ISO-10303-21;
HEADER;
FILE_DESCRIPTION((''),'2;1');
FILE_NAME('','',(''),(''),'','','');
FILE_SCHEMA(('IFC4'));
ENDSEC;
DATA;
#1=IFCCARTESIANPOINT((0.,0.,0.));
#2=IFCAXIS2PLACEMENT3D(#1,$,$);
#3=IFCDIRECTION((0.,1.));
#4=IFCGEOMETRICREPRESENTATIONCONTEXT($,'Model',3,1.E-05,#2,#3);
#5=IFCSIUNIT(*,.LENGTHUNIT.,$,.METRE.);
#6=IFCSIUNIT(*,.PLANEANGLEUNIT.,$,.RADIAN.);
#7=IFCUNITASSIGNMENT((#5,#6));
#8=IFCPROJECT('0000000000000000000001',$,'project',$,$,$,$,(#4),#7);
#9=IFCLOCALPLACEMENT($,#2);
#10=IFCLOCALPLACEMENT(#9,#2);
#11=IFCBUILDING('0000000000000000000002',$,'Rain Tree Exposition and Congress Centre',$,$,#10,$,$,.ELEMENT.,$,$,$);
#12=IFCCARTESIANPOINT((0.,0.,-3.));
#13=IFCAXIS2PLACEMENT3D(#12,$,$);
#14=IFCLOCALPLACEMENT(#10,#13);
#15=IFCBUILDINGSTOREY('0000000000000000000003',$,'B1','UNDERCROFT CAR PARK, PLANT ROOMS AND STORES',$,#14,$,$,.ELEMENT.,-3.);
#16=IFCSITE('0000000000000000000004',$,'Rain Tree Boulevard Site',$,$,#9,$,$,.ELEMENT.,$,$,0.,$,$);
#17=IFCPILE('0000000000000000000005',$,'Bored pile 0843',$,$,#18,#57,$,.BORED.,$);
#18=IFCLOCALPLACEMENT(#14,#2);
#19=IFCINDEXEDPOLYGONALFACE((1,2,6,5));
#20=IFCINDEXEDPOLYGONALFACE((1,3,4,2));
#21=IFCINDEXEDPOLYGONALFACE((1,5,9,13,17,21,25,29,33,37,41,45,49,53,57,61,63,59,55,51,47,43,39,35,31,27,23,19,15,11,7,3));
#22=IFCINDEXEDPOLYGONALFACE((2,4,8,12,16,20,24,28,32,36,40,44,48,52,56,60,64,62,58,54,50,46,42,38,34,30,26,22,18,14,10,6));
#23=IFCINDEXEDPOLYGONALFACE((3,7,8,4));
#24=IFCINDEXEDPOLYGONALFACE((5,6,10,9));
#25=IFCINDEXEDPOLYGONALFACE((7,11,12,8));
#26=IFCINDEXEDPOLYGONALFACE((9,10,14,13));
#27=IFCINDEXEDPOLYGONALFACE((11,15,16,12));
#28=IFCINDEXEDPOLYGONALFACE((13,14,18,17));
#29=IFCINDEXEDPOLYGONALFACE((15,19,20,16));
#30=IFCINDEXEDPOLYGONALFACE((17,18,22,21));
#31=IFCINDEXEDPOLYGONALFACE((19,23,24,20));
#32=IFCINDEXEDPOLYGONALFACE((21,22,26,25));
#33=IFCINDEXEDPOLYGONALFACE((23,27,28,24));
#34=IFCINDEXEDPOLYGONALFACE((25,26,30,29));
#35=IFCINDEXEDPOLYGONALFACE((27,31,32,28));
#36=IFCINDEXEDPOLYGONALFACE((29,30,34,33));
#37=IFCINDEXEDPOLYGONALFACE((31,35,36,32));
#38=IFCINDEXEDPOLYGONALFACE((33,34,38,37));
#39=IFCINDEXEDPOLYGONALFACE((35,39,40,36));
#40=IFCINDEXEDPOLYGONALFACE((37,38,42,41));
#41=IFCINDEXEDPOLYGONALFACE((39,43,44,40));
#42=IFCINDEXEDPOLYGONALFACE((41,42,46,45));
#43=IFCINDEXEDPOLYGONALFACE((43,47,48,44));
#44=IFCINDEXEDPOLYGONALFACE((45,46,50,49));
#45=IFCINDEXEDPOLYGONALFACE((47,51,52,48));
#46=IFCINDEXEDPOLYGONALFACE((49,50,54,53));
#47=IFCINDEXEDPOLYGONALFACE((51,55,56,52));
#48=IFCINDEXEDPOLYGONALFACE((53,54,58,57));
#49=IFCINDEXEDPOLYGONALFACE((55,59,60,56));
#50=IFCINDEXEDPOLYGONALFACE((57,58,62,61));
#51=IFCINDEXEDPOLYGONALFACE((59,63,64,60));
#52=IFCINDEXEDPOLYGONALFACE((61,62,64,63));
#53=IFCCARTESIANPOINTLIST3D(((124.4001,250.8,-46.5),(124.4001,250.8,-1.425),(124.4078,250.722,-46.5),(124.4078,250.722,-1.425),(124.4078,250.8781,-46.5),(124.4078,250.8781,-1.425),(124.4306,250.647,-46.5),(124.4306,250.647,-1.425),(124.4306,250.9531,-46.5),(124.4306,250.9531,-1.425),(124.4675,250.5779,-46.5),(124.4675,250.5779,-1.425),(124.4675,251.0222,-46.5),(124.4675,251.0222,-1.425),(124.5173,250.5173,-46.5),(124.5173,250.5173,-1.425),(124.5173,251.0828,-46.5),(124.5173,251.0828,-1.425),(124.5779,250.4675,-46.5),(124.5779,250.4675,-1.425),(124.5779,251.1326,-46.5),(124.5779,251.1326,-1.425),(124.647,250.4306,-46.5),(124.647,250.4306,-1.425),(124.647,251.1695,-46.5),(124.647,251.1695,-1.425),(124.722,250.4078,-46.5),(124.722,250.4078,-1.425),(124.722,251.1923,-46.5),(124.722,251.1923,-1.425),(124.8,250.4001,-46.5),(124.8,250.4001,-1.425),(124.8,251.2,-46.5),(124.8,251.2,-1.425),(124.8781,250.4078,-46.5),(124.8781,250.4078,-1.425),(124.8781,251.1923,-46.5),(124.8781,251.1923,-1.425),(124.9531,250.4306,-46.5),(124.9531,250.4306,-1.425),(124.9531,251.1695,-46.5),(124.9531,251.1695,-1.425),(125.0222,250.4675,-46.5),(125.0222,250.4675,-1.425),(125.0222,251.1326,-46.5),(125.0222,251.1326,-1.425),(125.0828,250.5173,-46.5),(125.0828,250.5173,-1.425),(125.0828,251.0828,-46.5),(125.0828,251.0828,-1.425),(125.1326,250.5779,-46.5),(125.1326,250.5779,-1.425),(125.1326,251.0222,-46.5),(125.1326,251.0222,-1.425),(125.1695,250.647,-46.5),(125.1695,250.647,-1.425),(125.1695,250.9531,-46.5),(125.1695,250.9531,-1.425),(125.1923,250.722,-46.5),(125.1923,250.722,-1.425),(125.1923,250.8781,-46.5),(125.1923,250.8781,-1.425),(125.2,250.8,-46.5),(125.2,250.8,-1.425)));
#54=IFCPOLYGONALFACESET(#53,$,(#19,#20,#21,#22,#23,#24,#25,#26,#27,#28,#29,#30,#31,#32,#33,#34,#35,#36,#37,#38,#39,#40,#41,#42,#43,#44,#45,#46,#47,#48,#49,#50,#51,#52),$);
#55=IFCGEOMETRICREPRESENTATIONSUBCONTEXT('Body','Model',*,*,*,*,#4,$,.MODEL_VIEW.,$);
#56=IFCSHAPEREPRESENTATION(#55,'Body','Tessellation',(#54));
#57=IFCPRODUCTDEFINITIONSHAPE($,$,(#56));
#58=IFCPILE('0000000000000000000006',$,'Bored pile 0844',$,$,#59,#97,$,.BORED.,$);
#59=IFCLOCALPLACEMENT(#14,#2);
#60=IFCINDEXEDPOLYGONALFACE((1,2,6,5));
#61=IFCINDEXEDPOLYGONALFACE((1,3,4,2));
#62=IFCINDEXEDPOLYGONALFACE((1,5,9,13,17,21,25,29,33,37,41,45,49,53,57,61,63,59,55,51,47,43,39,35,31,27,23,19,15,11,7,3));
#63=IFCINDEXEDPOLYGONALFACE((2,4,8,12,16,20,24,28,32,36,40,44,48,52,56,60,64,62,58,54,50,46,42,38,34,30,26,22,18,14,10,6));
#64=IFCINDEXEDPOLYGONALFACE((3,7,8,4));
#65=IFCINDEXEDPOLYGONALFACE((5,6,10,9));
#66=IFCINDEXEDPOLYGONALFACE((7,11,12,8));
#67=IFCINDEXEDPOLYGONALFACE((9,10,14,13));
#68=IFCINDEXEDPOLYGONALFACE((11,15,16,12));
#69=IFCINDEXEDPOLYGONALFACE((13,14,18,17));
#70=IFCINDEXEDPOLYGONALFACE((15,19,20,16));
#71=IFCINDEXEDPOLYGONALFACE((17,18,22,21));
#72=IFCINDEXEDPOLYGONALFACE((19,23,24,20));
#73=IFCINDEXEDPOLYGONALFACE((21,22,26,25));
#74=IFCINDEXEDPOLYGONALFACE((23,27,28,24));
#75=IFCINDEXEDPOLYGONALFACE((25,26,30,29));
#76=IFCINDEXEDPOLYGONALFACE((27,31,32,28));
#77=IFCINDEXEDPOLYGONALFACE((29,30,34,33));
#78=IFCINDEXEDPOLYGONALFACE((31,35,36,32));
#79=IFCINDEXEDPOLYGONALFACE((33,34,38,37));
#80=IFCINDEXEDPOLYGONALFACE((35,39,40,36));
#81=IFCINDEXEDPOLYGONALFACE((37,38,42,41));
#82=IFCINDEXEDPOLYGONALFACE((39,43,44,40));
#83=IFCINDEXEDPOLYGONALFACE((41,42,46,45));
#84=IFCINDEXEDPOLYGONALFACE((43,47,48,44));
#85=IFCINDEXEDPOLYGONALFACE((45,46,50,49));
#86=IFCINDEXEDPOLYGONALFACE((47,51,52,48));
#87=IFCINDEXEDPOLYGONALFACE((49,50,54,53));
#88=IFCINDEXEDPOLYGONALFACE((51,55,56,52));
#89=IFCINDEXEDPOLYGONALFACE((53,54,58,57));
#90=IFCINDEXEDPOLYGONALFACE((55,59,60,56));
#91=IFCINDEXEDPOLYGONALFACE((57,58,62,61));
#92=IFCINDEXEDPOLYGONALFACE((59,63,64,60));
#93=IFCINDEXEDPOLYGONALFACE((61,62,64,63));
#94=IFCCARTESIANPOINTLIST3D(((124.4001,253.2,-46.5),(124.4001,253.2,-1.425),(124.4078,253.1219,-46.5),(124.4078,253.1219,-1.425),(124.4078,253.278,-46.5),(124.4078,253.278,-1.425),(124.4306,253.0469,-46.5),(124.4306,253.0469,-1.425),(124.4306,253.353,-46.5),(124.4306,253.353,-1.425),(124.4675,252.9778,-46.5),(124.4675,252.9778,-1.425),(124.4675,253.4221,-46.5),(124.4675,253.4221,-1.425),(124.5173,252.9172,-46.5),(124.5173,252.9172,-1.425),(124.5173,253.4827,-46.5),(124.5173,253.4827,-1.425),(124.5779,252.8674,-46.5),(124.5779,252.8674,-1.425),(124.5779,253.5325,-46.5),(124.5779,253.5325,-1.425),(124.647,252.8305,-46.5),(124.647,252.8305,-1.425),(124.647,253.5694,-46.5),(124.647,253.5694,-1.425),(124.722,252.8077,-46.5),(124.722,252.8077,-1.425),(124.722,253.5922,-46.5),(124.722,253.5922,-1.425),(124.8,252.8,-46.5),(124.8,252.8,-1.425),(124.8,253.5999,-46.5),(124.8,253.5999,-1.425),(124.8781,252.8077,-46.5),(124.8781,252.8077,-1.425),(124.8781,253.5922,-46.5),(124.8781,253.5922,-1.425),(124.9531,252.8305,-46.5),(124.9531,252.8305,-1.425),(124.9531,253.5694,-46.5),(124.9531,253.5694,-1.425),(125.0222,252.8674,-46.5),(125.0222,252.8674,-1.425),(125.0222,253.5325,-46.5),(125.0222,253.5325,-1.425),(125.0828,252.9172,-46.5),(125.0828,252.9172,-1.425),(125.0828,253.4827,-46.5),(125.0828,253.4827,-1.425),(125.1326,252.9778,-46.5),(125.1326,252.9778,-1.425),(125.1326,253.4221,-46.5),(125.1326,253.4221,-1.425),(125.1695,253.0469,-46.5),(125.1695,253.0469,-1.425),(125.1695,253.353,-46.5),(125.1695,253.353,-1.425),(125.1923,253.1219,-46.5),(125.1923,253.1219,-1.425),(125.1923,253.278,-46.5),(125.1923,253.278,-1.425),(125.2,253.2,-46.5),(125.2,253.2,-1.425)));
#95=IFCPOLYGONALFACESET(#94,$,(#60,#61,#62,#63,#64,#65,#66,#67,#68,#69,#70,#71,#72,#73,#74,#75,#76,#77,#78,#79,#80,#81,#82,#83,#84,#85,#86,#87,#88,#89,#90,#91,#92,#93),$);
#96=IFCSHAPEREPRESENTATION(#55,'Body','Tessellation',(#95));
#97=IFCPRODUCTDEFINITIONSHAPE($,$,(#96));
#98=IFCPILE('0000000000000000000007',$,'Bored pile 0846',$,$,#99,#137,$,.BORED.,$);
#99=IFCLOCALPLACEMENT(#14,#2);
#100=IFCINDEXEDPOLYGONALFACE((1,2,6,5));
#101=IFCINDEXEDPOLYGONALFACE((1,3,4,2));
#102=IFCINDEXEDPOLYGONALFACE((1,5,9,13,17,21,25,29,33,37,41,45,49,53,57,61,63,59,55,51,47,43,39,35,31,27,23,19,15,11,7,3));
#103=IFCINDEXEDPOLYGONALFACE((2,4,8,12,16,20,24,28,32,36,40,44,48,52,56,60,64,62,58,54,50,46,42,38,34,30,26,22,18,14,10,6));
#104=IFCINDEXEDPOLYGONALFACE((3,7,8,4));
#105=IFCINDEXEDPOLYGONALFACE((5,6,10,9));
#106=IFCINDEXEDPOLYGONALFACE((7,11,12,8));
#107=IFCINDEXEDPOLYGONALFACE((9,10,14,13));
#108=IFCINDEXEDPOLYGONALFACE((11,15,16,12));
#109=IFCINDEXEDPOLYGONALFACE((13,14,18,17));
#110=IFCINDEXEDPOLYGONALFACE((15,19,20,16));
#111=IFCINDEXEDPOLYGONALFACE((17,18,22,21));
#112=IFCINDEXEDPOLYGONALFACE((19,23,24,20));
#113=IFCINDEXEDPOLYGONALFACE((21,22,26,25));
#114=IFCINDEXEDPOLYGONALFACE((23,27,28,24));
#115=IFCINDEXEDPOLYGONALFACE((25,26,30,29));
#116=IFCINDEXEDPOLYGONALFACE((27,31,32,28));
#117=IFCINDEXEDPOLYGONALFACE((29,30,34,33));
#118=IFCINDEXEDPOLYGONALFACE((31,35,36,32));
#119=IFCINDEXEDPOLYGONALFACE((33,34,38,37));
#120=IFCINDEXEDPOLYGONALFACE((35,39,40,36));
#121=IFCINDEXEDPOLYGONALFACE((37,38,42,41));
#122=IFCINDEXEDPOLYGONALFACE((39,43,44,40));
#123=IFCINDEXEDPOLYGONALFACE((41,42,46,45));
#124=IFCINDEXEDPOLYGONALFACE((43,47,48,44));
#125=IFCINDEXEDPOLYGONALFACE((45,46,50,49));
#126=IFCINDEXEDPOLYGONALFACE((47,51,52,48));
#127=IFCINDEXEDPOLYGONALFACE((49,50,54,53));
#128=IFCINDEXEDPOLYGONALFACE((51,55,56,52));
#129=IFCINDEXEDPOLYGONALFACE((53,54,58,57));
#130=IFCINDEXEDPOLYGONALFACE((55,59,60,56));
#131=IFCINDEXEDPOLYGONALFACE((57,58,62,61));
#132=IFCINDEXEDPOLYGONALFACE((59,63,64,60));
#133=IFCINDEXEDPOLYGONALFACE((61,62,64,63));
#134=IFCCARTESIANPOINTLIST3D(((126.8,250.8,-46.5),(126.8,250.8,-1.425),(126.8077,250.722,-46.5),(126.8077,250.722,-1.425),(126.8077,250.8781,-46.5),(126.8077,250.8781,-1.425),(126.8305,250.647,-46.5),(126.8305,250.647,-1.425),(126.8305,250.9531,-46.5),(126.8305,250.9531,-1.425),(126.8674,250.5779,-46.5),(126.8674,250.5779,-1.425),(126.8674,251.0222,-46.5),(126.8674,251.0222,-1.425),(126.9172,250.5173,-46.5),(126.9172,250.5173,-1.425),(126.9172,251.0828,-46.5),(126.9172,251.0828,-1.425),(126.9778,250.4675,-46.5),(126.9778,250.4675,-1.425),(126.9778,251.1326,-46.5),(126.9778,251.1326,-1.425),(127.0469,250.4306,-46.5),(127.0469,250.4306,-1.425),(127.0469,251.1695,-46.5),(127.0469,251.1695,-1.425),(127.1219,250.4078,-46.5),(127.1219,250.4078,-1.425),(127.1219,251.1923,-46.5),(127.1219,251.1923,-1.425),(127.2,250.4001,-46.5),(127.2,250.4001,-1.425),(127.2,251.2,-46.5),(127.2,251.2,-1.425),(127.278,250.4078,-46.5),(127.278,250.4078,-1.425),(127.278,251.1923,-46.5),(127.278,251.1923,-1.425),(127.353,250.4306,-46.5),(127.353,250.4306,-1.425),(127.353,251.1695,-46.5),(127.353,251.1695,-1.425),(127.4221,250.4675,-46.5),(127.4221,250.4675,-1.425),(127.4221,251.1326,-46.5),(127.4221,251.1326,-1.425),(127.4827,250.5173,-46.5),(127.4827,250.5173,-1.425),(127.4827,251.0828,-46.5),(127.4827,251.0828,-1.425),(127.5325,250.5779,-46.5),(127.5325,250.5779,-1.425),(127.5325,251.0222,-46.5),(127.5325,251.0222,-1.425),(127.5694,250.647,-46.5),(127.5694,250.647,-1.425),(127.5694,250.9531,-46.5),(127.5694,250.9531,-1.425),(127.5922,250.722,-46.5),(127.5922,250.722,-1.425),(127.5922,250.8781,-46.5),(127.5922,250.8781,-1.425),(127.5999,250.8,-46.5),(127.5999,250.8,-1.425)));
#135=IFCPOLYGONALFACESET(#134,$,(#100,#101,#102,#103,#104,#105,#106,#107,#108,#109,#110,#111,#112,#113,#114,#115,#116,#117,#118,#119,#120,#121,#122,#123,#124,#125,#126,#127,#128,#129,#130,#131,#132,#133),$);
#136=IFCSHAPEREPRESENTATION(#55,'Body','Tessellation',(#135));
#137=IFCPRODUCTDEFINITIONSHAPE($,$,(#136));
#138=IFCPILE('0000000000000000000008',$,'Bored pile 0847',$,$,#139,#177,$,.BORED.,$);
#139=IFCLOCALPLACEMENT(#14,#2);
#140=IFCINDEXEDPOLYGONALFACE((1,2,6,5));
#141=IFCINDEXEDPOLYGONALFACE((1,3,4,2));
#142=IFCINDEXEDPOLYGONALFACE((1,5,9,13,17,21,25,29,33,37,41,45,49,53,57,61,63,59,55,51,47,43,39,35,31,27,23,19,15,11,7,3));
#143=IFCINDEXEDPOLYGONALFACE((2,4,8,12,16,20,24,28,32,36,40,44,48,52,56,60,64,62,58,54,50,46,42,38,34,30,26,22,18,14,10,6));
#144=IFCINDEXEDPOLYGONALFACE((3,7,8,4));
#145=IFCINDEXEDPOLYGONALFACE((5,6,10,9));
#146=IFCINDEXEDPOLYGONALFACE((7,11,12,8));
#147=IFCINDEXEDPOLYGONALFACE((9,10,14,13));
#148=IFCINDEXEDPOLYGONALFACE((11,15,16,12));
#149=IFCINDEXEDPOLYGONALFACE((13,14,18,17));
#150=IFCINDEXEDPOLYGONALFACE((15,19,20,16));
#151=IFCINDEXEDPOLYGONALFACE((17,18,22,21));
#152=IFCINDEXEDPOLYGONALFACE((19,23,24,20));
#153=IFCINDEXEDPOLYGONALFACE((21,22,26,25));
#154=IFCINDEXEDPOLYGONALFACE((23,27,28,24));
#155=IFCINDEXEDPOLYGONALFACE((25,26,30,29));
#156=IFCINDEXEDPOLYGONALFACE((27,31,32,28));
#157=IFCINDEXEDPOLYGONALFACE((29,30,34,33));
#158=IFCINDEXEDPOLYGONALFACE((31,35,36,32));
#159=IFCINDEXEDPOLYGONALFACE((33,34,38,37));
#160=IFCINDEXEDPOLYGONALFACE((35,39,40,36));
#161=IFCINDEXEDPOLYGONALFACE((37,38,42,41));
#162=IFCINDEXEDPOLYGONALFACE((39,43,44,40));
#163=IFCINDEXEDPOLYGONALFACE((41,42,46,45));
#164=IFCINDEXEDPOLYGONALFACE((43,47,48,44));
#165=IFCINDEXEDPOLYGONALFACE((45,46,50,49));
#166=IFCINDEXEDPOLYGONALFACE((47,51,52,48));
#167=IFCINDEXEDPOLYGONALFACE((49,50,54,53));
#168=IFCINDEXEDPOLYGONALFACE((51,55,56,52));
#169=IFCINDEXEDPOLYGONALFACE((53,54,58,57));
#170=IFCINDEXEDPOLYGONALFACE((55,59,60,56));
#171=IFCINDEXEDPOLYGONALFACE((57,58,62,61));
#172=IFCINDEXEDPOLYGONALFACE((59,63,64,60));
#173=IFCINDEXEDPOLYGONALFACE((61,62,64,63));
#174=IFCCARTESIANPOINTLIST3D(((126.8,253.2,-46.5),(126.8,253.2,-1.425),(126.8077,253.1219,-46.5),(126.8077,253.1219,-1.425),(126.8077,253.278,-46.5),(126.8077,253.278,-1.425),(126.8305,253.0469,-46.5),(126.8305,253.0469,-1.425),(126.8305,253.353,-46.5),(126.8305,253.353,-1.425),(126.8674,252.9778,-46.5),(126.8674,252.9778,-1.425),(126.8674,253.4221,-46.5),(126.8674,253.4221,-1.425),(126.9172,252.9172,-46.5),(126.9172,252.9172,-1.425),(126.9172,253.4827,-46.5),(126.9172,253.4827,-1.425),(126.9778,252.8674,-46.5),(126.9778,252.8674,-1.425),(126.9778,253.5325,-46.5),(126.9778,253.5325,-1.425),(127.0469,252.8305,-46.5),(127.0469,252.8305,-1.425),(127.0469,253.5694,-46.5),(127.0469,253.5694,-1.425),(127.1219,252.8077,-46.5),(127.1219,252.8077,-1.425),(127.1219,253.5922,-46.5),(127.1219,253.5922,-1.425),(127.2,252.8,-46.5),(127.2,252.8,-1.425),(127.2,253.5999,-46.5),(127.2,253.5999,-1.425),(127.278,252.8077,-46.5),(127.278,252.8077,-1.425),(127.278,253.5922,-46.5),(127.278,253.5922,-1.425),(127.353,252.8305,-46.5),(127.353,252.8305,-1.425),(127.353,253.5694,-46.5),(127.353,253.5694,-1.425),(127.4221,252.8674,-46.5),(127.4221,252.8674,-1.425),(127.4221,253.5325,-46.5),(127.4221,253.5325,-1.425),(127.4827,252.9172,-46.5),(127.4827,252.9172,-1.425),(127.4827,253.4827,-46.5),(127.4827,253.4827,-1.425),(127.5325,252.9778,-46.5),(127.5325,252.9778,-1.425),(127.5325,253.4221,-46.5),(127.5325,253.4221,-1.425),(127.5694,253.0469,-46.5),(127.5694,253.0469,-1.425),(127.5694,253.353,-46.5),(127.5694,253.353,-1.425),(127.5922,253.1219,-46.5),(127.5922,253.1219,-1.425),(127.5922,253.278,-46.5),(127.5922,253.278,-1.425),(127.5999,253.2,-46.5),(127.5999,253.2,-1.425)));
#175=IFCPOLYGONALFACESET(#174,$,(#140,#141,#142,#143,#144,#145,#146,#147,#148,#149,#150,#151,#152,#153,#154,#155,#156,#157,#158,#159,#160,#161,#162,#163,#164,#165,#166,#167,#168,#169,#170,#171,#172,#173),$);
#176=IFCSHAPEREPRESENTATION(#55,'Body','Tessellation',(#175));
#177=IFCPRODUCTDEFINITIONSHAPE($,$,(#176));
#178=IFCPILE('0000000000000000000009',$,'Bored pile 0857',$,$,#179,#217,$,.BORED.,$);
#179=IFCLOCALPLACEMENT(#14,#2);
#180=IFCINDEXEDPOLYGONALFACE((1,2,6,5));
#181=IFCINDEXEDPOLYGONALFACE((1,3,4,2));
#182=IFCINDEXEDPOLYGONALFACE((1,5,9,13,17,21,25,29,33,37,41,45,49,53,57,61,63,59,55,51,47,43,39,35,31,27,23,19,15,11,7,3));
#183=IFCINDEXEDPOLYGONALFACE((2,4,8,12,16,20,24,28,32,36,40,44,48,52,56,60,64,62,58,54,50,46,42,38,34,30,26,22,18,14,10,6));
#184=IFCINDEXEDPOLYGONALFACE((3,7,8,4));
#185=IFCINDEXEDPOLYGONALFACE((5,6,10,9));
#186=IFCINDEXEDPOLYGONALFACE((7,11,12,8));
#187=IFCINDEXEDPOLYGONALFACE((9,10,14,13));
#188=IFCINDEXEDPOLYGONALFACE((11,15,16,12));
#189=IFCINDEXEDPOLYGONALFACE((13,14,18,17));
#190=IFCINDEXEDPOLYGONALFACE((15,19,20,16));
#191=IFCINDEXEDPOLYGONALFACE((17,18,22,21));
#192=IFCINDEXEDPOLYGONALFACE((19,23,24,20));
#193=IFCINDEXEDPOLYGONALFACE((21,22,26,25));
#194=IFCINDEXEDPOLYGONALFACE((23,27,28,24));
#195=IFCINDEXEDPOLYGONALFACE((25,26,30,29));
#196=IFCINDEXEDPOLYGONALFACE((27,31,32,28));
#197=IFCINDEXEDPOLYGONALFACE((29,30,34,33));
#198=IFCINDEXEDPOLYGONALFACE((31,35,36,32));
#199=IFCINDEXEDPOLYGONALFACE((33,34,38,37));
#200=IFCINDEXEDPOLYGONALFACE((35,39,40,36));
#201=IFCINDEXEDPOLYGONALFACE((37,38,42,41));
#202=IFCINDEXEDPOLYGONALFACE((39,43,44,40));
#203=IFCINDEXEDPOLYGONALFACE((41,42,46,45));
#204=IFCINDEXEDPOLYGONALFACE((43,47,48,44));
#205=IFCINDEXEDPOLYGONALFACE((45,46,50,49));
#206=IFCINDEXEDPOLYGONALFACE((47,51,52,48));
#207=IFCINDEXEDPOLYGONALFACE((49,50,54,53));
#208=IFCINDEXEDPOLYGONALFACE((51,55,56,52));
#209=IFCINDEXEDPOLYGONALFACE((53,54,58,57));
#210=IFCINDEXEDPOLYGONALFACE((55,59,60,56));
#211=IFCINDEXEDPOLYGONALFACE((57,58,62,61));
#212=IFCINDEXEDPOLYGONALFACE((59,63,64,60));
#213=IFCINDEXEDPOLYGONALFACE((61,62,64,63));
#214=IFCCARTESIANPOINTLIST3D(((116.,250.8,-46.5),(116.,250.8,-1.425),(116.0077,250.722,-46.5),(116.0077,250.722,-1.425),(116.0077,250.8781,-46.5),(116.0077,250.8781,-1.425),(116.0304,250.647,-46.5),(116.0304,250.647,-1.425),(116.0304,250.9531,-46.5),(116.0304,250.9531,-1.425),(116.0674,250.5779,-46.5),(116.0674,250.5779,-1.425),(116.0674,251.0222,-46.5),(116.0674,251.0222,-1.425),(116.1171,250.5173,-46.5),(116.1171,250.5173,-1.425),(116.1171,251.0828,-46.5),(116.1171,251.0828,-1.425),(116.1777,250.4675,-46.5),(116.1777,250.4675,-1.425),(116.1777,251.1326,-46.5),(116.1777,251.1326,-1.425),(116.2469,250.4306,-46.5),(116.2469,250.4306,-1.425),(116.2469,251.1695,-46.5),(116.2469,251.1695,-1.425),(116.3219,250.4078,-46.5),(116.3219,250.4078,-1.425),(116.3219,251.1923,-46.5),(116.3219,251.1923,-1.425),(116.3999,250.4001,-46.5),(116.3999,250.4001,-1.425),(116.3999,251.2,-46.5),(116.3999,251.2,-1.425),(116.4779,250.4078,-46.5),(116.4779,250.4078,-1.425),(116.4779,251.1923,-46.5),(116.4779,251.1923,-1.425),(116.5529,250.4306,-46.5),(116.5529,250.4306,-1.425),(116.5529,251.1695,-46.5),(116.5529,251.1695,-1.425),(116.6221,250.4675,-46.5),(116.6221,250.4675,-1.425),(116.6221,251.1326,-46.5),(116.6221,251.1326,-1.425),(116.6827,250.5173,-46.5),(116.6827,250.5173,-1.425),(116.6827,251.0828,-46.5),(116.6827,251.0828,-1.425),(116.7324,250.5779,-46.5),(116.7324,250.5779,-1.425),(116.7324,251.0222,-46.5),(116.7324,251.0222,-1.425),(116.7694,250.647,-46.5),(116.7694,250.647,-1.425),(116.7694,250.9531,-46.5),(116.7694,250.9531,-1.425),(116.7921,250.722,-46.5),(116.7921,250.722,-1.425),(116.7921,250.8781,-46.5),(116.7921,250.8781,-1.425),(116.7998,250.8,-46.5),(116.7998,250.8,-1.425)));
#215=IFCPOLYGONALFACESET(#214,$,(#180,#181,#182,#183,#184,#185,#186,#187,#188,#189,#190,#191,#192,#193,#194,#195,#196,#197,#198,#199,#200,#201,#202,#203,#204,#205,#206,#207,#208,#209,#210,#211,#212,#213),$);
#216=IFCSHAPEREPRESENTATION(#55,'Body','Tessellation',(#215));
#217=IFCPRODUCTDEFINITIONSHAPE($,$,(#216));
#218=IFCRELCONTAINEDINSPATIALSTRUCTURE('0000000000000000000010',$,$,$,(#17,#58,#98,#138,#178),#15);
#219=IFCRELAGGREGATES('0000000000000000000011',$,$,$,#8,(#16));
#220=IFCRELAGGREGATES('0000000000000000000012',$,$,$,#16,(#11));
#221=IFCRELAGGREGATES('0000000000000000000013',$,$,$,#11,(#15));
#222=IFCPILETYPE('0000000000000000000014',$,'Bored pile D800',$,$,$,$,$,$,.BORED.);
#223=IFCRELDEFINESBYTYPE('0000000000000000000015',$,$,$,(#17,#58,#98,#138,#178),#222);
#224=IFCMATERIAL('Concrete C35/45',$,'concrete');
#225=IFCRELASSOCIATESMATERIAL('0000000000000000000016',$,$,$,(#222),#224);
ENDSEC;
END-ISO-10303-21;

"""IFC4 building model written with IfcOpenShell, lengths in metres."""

from ifc_helpers import new_model, si_unit, direction, frame, origin, origin_2d, place, context, subcontext, project, spatial, circle, extrude, material, material_profile, profile_set, type_object, element, save


model = new_model("IFC4")

# Units and contexts
model_context = context("Model", 3, precision=1e-05, world=origin(), true_north=direction((0.0, 1.0)))
body_context = subcontext(model_context, "Body", "Model", "MODEL_VIEW")
ifc_project = project(units=[si_unit("LENGTHUNIT", "METRE"), si_unit("PLANEANGLEUNIT", "RADIAN")], contexts=[model_context])

# Site, building, storey
site_placement = place(None, origin())
site = spatial("IfcSite", under=ifc_project, at=site_placement, Name="Rain Tree Boulevard Site", CompositionType="ELEMENT", RefElevation=0.0)
building_placement = place(site_placement, origin())
building = spatial("IfcBuilding", under=site, at=building_placement, Name="Rain Tree Exposition and Congress Centre", CompositionType="ELEMENT")
storey_placement = place(building_placement, frame((0.0, 0.0, -3.0)))
storey = spatial("IfcBuildingStorey", under=building, at=storey_placement, Name="B1", Description="UNDERCROFT CAR PARK, PLANT ROOMS AND STORES", CompositionType="ELEMENT", Elevation=-3.0)

# Piles
ifc_material_1 = material(Name="Concrete C35/45", Category="concrete")
ifc_material_profile_1 = material_profile(ifc_material_1, circle(Radius=0.3999, at=origin_2d()), Name="D800")
ifc_profile_set_1 = profile_set([ifc_material_profile_1], Name="Concrete C35/45")
pile_type_1 = type_object("IfcPileType", Name="Bored pile D800", PredefinedType="BORED", material=ifc_profile_set_1)
for number, where, z_axis, x_axis, name in (
    (1, (124.8, 250.8, -1.425), (0.0, 0.0, -1.0), (1.0, 0.0, 0.0), "Bored pile 0843"),
    (2, (124.8, 253.2, -1.425), (0.0, 0.0, -1.0), (1.0, 0.0, 0.0), "Bored pile 0844"),
    (3, (127.2, 250.8, -1.425), (0.0, 0.0, -1.0), (1.0, 0.0, 0.0), "Bored pile 0846"),
    (4, (127.2, 253.2, -1.425), (0.0, 0.0, -1.0), (1.0, 0.0, 0.0), "Bored pile 0847"),
    (5, (116.3999, 250.8, -1.425), (0.0, 0.0, -1.0), (1.0, 0.0, 0.0), "Bored pile 0857"),
):
    element("IfcPile", number, at=place(storey_placement, frame(where, z_axis=z_axis, x_axis=x_axis)), inside=storey, type_object=pile_type_1, Name=name, PredefinedType="BORED", context=body_context, shape_type="SweptSolid", body=[
        extrude(circle(Radius=0.3999, at=origin_2d()), origin(), (0.0, 0.0, 1.0), 45.075),
    ])

save(model, "model.ifc")
